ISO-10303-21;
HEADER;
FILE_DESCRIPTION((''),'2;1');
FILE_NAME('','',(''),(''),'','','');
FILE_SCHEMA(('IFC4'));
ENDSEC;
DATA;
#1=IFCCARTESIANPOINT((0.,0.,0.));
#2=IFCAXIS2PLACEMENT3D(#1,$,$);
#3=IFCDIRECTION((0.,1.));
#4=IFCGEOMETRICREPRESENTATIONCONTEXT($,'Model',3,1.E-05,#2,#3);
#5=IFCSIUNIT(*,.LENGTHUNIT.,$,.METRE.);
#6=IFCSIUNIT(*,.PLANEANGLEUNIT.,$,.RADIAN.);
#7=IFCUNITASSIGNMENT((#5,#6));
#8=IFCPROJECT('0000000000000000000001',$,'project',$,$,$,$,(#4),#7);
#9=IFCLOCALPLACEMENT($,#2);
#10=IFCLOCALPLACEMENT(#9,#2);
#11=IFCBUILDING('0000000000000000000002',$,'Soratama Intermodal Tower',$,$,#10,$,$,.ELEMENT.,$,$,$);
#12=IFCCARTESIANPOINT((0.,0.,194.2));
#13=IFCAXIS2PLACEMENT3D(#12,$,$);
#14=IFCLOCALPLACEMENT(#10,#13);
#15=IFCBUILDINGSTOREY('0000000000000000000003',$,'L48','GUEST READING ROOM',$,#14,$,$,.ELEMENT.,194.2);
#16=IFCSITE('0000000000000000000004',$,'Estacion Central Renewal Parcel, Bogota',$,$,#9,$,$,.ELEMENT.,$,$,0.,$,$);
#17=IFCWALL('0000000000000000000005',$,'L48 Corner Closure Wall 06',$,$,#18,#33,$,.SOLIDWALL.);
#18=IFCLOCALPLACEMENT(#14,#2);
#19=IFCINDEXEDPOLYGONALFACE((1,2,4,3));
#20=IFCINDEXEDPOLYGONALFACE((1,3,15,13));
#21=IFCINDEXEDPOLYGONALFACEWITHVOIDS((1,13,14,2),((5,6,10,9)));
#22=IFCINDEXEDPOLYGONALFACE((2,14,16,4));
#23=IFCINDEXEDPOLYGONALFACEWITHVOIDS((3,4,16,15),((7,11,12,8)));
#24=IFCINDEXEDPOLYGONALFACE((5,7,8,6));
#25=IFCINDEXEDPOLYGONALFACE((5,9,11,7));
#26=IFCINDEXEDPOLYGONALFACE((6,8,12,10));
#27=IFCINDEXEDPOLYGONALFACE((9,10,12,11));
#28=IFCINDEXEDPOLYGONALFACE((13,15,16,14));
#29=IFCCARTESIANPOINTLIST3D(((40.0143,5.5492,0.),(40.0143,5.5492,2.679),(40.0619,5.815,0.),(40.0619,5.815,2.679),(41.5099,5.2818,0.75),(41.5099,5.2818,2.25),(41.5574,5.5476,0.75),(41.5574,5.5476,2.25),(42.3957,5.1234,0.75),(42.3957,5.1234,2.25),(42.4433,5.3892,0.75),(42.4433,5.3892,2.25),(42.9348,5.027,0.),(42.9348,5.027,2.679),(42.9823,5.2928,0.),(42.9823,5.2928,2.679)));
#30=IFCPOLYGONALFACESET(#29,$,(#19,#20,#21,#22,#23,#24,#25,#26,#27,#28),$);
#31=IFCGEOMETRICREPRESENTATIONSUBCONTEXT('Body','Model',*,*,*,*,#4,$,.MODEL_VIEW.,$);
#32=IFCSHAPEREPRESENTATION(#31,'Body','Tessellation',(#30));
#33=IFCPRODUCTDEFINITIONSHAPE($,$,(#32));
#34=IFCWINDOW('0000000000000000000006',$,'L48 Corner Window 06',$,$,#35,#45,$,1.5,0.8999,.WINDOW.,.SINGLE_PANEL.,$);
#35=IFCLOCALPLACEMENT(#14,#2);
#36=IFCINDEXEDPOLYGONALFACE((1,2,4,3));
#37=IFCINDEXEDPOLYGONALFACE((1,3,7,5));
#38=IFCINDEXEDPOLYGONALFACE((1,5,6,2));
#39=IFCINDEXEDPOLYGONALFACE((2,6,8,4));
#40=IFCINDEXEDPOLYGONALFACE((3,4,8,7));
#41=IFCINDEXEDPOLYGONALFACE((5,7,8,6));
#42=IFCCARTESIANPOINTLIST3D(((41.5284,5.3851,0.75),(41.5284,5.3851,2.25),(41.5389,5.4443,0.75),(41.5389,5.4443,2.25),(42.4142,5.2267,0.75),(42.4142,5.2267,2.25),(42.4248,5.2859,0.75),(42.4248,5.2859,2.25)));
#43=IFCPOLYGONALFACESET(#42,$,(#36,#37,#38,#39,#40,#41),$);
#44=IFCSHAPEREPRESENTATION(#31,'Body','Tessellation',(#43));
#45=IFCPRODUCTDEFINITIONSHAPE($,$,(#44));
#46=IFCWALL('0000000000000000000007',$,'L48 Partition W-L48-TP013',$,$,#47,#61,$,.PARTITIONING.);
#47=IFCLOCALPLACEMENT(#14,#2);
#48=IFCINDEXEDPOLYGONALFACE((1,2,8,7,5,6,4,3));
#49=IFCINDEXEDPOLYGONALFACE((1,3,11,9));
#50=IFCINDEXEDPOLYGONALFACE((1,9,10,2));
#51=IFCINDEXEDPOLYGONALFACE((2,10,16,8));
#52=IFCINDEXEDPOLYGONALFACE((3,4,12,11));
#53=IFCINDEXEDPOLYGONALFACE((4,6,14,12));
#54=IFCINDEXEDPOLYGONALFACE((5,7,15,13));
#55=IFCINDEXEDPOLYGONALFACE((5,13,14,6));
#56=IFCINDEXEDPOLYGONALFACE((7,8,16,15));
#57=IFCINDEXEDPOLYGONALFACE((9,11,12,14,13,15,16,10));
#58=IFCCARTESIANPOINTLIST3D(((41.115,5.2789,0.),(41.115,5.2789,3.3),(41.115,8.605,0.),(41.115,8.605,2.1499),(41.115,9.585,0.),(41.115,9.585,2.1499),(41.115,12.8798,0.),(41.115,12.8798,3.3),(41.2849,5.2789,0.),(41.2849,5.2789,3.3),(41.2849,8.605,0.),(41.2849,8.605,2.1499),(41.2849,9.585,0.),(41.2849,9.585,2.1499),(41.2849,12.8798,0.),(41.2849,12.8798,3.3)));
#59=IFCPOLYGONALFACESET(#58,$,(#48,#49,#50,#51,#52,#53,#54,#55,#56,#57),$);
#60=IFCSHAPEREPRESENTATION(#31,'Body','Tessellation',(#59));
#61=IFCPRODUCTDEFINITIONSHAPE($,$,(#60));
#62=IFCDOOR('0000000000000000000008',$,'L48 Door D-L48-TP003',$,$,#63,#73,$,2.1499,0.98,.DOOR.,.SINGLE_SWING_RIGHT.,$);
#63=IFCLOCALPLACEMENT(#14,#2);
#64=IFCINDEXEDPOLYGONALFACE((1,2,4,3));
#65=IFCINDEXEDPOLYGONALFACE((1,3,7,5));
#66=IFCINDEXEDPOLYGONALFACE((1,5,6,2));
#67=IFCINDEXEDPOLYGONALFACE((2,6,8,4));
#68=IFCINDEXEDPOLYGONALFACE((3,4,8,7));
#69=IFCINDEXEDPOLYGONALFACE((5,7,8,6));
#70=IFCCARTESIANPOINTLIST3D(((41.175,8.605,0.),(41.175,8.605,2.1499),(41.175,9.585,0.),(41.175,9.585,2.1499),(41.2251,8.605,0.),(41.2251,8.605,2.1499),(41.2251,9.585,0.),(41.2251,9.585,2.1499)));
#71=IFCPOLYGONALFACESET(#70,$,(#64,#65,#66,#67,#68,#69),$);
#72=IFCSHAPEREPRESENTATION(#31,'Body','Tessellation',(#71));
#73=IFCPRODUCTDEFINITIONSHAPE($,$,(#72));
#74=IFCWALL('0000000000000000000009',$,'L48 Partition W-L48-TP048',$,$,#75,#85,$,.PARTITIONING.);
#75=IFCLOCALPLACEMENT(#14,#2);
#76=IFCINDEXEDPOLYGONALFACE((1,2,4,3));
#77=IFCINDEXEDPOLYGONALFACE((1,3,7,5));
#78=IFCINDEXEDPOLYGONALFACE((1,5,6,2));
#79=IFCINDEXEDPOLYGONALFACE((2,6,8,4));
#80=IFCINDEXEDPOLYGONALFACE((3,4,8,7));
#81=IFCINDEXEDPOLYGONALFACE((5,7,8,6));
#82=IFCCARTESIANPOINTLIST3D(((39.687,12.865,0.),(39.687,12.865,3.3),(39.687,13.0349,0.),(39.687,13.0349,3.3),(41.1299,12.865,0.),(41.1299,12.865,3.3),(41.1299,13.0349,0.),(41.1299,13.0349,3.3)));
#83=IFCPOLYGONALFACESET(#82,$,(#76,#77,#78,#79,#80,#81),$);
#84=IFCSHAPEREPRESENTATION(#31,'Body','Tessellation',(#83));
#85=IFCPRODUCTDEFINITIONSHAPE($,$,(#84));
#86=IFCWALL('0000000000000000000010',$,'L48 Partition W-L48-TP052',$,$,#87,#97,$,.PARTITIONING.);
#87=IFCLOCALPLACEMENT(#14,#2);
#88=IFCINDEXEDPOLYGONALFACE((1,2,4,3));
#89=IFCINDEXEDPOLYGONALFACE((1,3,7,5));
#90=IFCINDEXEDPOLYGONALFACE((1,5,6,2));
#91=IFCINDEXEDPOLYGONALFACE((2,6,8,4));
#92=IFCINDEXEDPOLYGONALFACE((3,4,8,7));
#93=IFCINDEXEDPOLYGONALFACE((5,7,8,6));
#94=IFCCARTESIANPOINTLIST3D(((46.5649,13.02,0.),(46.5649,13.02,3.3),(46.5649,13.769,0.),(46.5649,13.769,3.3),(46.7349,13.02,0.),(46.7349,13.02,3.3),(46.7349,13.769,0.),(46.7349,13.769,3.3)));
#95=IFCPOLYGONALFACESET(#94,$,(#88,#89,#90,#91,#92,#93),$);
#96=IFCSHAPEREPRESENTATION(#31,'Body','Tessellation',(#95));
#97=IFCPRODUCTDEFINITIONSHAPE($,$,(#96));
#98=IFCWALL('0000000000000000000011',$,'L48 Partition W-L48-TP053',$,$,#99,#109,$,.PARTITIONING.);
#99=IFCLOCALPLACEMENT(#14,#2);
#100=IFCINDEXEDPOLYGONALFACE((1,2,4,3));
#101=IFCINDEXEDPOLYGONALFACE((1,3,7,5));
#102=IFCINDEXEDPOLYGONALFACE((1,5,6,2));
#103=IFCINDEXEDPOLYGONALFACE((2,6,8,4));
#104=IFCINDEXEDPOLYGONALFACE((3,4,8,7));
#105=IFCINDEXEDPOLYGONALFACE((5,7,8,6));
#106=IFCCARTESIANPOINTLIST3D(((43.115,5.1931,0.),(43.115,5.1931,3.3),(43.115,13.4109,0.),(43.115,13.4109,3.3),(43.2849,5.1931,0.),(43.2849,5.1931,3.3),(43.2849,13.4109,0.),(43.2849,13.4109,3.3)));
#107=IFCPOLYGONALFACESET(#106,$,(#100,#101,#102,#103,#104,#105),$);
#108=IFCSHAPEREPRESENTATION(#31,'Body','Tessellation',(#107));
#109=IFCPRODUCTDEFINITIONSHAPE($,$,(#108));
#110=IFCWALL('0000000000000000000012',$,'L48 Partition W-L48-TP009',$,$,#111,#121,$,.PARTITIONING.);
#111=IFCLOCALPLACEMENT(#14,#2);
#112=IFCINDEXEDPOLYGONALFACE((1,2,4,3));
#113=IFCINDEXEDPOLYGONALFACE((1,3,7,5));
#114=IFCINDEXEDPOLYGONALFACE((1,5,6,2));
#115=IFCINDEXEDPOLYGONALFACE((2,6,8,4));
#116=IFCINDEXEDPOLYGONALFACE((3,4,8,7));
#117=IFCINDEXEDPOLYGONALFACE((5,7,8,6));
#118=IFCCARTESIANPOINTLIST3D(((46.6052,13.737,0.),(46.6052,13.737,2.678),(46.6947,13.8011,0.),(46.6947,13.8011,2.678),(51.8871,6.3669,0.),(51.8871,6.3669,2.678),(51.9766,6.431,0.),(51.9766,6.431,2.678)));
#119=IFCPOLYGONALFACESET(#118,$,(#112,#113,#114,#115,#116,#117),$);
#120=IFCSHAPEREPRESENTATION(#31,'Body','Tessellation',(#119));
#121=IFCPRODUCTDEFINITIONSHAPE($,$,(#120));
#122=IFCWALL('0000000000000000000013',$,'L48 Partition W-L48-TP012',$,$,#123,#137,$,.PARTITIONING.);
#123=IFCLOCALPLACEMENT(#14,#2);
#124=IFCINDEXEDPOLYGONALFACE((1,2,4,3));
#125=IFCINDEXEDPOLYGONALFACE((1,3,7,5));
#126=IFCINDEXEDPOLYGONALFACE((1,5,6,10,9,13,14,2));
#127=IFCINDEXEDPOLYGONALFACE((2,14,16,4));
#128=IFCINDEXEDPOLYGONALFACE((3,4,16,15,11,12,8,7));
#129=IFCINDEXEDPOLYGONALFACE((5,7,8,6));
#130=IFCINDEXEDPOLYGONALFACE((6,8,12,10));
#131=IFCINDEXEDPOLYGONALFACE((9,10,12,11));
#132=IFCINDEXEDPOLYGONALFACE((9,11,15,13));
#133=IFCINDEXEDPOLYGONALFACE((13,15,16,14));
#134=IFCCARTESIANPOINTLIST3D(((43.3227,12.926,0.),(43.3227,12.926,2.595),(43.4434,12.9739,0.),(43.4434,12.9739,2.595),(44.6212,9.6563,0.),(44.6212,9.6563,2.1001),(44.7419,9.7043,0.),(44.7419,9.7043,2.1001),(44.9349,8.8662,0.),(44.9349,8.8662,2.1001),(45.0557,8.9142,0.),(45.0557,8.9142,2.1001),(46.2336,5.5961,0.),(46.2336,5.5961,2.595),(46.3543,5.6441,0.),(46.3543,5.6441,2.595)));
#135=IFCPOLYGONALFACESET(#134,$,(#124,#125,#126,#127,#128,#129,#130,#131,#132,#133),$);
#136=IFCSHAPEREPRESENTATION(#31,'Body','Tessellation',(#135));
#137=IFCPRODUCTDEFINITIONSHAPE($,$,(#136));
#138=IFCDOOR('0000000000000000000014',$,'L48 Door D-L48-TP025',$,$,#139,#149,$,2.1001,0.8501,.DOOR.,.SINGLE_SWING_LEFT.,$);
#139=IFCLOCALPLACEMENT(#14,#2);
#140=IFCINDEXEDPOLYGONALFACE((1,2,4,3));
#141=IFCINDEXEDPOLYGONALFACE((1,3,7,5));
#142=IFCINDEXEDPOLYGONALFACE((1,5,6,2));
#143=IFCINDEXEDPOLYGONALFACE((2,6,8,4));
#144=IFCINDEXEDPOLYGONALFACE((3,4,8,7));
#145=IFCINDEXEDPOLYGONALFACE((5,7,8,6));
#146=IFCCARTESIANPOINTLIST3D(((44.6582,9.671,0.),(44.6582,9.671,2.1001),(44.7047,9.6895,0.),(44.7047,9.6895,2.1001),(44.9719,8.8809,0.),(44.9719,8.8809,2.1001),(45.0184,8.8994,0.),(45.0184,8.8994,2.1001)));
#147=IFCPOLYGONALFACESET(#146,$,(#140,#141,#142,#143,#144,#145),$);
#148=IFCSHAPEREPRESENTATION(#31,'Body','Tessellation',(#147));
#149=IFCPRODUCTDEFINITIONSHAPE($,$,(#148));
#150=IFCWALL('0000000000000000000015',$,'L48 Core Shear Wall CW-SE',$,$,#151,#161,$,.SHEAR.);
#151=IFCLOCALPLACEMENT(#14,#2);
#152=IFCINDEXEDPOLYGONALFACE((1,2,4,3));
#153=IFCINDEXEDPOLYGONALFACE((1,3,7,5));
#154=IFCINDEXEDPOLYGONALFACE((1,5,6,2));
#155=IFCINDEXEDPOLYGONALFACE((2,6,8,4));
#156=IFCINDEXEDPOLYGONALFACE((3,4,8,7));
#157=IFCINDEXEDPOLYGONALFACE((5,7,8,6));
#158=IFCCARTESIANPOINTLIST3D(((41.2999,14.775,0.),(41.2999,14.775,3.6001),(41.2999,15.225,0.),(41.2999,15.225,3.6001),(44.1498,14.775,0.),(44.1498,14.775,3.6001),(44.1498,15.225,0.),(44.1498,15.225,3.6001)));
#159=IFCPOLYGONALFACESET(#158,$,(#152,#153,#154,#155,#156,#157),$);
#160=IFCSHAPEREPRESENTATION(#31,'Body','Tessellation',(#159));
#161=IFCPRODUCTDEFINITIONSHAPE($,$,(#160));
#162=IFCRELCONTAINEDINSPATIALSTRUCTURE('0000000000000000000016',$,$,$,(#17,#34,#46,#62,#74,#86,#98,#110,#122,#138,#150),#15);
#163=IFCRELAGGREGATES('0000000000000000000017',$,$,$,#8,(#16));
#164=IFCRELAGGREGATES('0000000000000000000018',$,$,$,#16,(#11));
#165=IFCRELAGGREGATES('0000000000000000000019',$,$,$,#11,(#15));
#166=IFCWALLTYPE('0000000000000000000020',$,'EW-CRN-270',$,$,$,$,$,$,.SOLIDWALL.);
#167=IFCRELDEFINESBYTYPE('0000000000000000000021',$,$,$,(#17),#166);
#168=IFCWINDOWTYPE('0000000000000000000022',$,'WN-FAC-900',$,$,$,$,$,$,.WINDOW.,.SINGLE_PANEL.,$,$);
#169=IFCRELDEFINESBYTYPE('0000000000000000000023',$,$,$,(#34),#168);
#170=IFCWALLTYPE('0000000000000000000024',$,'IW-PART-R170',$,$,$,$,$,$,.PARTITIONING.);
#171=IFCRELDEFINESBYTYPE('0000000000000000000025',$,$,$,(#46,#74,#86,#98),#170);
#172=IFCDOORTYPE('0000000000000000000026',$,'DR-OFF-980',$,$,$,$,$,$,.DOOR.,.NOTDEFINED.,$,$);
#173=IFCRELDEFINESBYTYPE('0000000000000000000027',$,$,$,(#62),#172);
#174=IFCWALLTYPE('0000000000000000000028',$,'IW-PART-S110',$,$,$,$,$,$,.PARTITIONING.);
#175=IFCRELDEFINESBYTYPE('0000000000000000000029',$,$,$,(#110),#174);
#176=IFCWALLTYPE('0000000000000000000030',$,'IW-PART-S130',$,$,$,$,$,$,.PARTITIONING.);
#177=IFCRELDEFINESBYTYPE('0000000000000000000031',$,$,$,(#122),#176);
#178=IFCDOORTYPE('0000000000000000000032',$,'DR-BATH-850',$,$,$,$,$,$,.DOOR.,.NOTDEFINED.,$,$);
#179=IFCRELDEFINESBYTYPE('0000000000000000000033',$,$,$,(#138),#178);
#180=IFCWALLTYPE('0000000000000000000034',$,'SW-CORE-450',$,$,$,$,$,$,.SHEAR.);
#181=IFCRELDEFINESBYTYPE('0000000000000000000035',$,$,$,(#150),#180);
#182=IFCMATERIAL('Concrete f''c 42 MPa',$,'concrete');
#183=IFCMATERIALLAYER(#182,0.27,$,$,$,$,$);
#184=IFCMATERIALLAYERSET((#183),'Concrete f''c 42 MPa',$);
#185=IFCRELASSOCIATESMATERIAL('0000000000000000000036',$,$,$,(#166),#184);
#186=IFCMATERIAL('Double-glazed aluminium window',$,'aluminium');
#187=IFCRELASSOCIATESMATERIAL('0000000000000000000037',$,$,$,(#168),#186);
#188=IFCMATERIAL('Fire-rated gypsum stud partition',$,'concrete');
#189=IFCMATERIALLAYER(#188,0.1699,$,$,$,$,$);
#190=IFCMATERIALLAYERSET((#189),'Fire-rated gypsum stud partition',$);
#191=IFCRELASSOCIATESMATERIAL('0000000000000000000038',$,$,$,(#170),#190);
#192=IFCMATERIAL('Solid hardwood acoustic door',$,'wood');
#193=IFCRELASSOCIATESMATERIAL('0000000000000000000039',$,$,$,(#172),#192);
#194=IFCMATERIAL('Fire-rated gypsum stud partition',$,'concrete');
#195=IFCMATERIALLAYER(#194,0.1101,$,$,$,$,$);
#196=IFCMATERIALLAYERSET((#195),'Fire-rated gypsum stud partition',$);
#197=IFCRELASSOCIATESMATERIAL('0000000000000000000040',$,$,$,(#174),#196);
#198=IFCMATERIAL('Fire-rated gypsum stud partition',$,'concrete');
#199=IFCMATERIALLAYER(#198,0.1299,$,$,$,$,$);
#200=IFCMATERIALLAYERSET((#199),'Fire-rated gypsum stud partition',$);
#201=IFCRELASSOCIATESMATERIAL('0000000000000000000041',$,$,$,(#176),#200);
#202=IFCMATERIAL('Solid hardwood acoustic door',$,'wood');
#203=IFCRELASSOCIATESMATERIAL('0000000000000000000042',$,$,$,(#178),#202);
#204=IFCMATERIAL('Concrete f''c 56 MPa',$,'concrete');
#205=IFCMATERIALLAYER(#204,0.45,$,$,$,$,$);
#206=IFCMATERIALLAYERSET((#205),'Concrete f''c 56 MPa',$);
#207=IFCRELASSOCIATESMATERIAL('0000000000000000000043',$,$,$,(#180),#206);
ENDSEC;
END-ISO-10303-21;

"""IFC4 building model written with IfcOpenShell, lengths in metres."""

from ifc_helpers import new_model, si_unit, direction, frame, frame_2d, origin, place, context, subcontext, project, spatial, rectangle, extrude, material, layer, layer_set, type_object, element, fill, save


model = new_model("IFC4")

# Units and contexts
model_context = context("Model", 3, precision=1e-05, world=origin(), true_north=direction((0.0, 1.0)))
body_context = subcontext(model_context, "Body", "Model", "MODEL_VIEW")
ifc_project = project(units=[si_unit("LENGTHUNIT", "METRE"), si_unit("PLANEANGLEUNIT", "RADIAN")], contexts=[model_context])

# Site, building, storey
site_placement = place(None, origin())
site = spatial("IfcSite", under=ifc_project, at=site_placement, Name="Estacion Central Renewal Parcel, Bogota", CompositionType="ELEMENT", RefElevation=0.0)
building_placement = place(site_placement, origin())
building = spatial("IfcBuilding", under=site, at=building_placement, Name="Soratama Intermodal Tower", CompositionType="ELEMENT")
storey_placement = place(building_placement, frame((0.0, 0.0, 194.2)))
storey = spatial("IfcBuildingStorey", under=building, at=storey_placement, Name="L48", Description="GUEST READING ROOM", CompositionType="ELEMENT", Elevation=194.2)

# Wall, opening, window
ifc_material_1 = material(Name="Concrete f'c 42 MPa", Category="concrete")
ifc_layer_1 = layer(ifc_material_1, 0.27)
ifc_layer_set_1 = layer_set([ifc_layer_1], Name="Concrete f'c 42 MPa")
wall_type_1 = type_object("IfcWallType", Name="EW-CRN-270", PredefinedType="SOLIDWALL", material=ifc_layer_set_1)
wall_1_placement = place(storey_placement, frame((40.0381, 5.6821, 0.0), z_axis=(0.0, 0.0, 1.0), x_axis=(0.984386, -0.176024, 0.0)))
wall_1 = element("IfcWall", 1, at=wall_1_placement, inside=storey, type_object=wall_type_1, Name="L48 Corner Closure Wall 06", PredefinedType="SOLIDWALL", context=body_context, shape_type="SweptSolid", body=[
    extrude(rectangle(XDim=2.9668, YDim=0.27, at=frame_2d((1.4834, 0.0))), origin(), (0.0, 0.0, 1.0), 2.679),
])
opening_1_placement = place(wall_1_placement, frame((1.5193, 0.0, 0.75)))
opening_1 = element("IfcOpeningElement", 2, at=opening_1_placement, cuts=wall_1, PredefinedType="OPENING", context=body_context, shape_type="SweptSolid", body=[
    extrude(rectangle(XDim=0.8999, YDim=1.5, at=frame_2d((0.45, 0.75))), frame((0.0, 0.145, 0.0), z_axis=(0.0, -1.0, 0.0), x_axis=(1.0, 0.0, 0.0)), (0.0, 0.0, 1.0), 0.29),
])
ifc_material_2 = material(Name="Double-glazed aluminium window", Category="aluminium")
window_type_1 = type_object("IfcWindowType", Name="WN-FAC-900", PartitioningType="SINGLE_PANEL", PredefinedType="WINDOW", material=ifc_material_2)
window_1_placement = place(opening_1_placement, origin())
window_1 = element("IfcWindow", 3, at=window_1_placement, inside=storey, type_object=window_type_1, Name="L48 Corner Window 06", OverallHeight=1.5, OverallWidth=0.8999, PartitioningType="SINGLE_PANEL", PredefinedType="WINDOW", context=body_context, shape_type="SweptSolid", body=[
    extrude(rectangle(XDim=0.8999, YDim=1.5, at=frame_2d((0.45, 0.75))), frame((0.0, 0.03, 0.0), z_axis=(0.0, -1.0, 0.0), x_axis=(1.0, 0.0, 0.0)), (0.0, 0.0, 1.0), 0.0601),
])
fill(opening_1, window_1)

# Wall, opening, door
ifc_material_3 = material(Name="Fire-rated gypsum stud partition", Category="concrete")
ifc_layer_2 = layer(ifc_material_3, 0.1699)
ifc_layer_set_2 = layer_set([ifc_layer_2], Name="Fire-rated gypsum stud partition")
wall_type_2 = type_object("IfcWallType", Name="IW-PART-R170", PredefinedType="PARTITIONING", material=ifc_layer_set_2)
wall_2_placement = place(storey_placement, frame((41.2, 5.2791, 0.0), z_axis=(0.0, 0.0, 1.0), x_axis=(0.0, 1.0, 0.0)))
wall_2 = element("IfcWall", 4, at=wall_2_placement, inside=storey, type_object=wall_type_2, Name="L48 Partition W-L48-TP013", PredefinedType="PARTITIONING", context=body_context, shape_type="SweptSolid", body=[
    extrude(rectangle(XDim=7.6008, YDim=0.1699, at=frame_2d((3.8003, 0.0))), origin(), (0.0, 0.0, 1.0), 3.3),
])
opening_2_placement = place(wall_2_placement, frame((3.3259, 0.0, 0.0)))
opening_2 = element("IfcOpeningElement", 5, at=opening_2_placement, cuts=wall_2, PredefinedType="OPENING", context=body_context, shape_type="SweptSolid", body=[
    extrude(rectangle(XDim=0.98, YDim=2.1499, at=frame_2d((0.49, 1.075))), frame((0.0, 0.095, 0.0), z_axis=(0.0, -1.0, 0.0), x_axis=(1.0, 0.0, 0.0)), (0.0, 0.0, 1.0), 0.1899),
])
ifc_material_4 = material(Name="Solid hardwood acoustic door", Category="wood")
door_type_1 = type_object("IfcDoorType", Name="DR-OFF-980", OperationType="NOTDEFINED", PredefinedType="DOOR", material=ifc_material_4)
door_1_placement = place(opening_2_placement, origin())
door_1 = element("IfcDoor", 6, at=door_1_placement, inside=storey, type_object=door_type_1, Name="L48 Door D-L48-TP003", OperationType="SINGLE_SWING_RIGHT", OverallHeight=2.1499, OverallWidth=0.98, PredefinedType="DOOR", context=body_context, shape_type="SweptSolid", body=[
    extrude(rectangle(XDim=0.98, YDim=2.1499, at=frame_2d((0.49, 1.075))), frame((0.0, 0.0249, 0.0), z_axis=(0.0, -1.0, 0.0), x_axis=(1.0, 0.0, 0.0)), (0.0, 0.0, 1.0), 0.05),
])
fill(opening_2, door_1)

# Walls
wall_3_placement = place(storey_placement, frame((41.1299, 12.95, 0.0), z_axis=(0.0, 0.0, 1.0), x_axis=(-1.0, 0.0, 0.0)))
element("IfcWall", 7, at=wall_3_placement, inside=storey, type_object=wall_type_2, Name="L48 Partition W-L48-TP048", PredefinedType="PARTITIONING", context=body_context, shape_type="SweptSolid", body=[
    extrude(rectangle(XDim=1.4429, YDim=0.1699, at=frame_2d((0.7214, 0.0))), origin(), (0.0, 0.0, 1.0), 3.3),
])
wall_4_placement = place(storey_placement, frame((46.6499, 13.769, 0.0), z_axis=(0.0, 0.0, 1.0), x_axis=(0.0, -1.0, 0.0)))
element("IfcWall", 8, at=wall_4_placement, inside=storey, type_object=wall_type_2, Name="L48 Partition W-L48-TP052", PredefinedType="PARTITIONING", context=body_context, shape_type="SweptSolid", body=[
    extrude(rectangle(XDim=0.749, YDim=0.1699, at=frame_2d((0.3745, 0.0))), origin(), (0.0, 0.0, 1.0), 3.3),
])
wall_5_placement = place(storey_placement, frame((43.2, 13.4109, 0.0), z_axis=(0.0, 0.0, 1.0), x_axis=(0.0, -1.0, 0.0)))
element("IfcWall", 9, at=wall_5_placement, inside=storey, type_object=wall_type_2, Name="L48 Partition W-L48-TP053", PredefinedType="PARTITIONING", context=body_context, shape_type="SweptSolid", body=[
    extrude(rectangle(XDim=8.2178, YDim=0.1699, at=frame_2d((4.1089, 0.0))), origin(), (0.0, 0.0, 1.0), 3.3),
])
ifc_material_5 = material(Name="Fire-rated gypsum stud partition", Category="concrete")
ifc_layer_3 = layer(ifc_material_5, 0.1101)
ifc_layer_set_3 = layer_set([ifc_layer_3], Name="Fire-rated gypsum stud partition")
wall_type_3 = type_object("IfcWallType", Name="IW-PART-S110", PredefinedType="PARTITIONING", material=ifc_layer_set_3)
wall_6_placement = place(storey_placement, frame((46.6499, 13.769, 0.0), z_axis=(0.0, 0.0, 1.0), x_axis=(0.582524, -0.812814, 0.0)))
element("IfcWall", 10, at=wall_6_placement, inside=storey, type_object=wall_type_3, Name="L48 Partition W-L48-TP009", PredefinedType="PARTITIONING", context=body_context, shape_type="SweptSolid", body=[
    extrude(rectangle(XDim=9.0674, YDim=0.1101, at=frame_2d((4.5337, 0.0))), origin(), (0.0, 0.0, 1.0), 2.678),
])

# Wall, opening, door
ifc_material_6 = material(Name="Fire-rated gypsum stud partition", Category="concrete")
ifc_layer_4 = layer(ifc_material_6, 0.1299)
ifc_layer_set_4 = layer_set([ifc_layer_4], Name="Fire-rated gypsum stud partition")
wall_type_4 = type_object("IfcWallType", Name="IW-PART-S130", PredefinedType="PARTITIONING", material=ifc_layer_set_4)
wall_7_placement = place(storey_placement, frame((43.3831, 12.95, 0.0), z_axis=(0.0, 0.0, 1.0), x_axis=(0.369089, -0.929394, 0.0)))
wall_7 = element("IfcWall", 11, at=wall_7_placement, inside=storey, type_object=wall_type_4, Name="L48 Partition W-L48-TP012", PredefinedType="PARTITIONING", context=body_context, shape_type="SweptSolid", body=[
    extrude(rectangle(XDim=7.8867, YDim=0.1299, at=frame_2d((3.9434, 0.0))), origin(), (0.0, 0.0, 1.0), 2.595),
])
opening_3_placement = place(wall_7_placement, frame((3.5181, 0.0, 0.0)))
opening_3 = element("IfcOpeningElement", 12, at=opening_3_placement, cuts=wall_7, PredefinedType="OPENING", context=body_context, shape_type="SweptSolid", body=[
    extrude(rectangle(XDim=0.8501, YDim=2.1001, at=frame_2d((0.425, 1.05))), frame((0.0, 0.075, 0.0), z_axis=(0.0, -1.0, 0.0), x_axis=(1.0, 0.0, 0.0)), (0.0, 0.0, 1.0), 0.1499),
])
ifc_material_7 = material(Name="Solid hardwood acoustic door", Category="wood")
door_type_2 = type_object("IfcDoorType", Name="DR-BATH-850", OperationType="NOTDEFINED", PredefinedType="DOOR", material=ifc_material_7)
door_2_placement = place(opening_3_placement, origin())
door_2 = element("IfcDoor", 13, at=door_2_placement, inside=storey, type_object=door_type_2, Name="L48 Door D-L48-TP025", OperationType="SINGLE_SWING_LEFT", OverallHeight=2.1001, OverallWidth=0.8501, PredefinedType="DOOR", context=body_context, shape_type="SweptSolid", body=[
    extrude(rectangle(XDim=0.8501, YDim=2.1001, at=frame_2d((0.425, 1.05))), frame((0.0, 0.0249, 0.0), z_axis=(0.0, -1.0, 0.0), x_axis=(1.0, 0.0, 0.0)), (0.0, 0.0, 1.0), 0.05),
])
fill(opening_3, door_2)

# Wall
ifc_material_8 = material(Name="Concrete f'c 56 MPa", Category="concrete")
ifc_layer_5 = layer(ifc_material_8, 0.45)
ifc_layer_set_5 = layer_set([ifc_layer_5], Name="Concrete f'c 56 MPa")
wall_type_5 = type_object("IfcWallType", Name="SW-CORE-450", PredefinedType="SHEAR", material=ifc_layer_set_5)
wall_8_placement = place(storey_placement, frame((41.3, 15.0, 0.0), z_axis=(0.0, 0.0, 1.0), x_axis=(1.0, 0.0, 0.0)))
element("IfcWall", 14, at=wall_8_placement, inside=storey, type_object=wall_type_5, Name="L48 Core Shear Wall CW-SE", PredefinedType="SHEAR", context=body_context, shape_type="SweptSolid", body=[
    extrude(rectangle(XDim=2.8499, YDim=0.45, at=frame_2d((1.4248, 0.0))), origin(), (0.0, 0.0, 1.0), 3.6001),
])

save(model, "model.ifc")
